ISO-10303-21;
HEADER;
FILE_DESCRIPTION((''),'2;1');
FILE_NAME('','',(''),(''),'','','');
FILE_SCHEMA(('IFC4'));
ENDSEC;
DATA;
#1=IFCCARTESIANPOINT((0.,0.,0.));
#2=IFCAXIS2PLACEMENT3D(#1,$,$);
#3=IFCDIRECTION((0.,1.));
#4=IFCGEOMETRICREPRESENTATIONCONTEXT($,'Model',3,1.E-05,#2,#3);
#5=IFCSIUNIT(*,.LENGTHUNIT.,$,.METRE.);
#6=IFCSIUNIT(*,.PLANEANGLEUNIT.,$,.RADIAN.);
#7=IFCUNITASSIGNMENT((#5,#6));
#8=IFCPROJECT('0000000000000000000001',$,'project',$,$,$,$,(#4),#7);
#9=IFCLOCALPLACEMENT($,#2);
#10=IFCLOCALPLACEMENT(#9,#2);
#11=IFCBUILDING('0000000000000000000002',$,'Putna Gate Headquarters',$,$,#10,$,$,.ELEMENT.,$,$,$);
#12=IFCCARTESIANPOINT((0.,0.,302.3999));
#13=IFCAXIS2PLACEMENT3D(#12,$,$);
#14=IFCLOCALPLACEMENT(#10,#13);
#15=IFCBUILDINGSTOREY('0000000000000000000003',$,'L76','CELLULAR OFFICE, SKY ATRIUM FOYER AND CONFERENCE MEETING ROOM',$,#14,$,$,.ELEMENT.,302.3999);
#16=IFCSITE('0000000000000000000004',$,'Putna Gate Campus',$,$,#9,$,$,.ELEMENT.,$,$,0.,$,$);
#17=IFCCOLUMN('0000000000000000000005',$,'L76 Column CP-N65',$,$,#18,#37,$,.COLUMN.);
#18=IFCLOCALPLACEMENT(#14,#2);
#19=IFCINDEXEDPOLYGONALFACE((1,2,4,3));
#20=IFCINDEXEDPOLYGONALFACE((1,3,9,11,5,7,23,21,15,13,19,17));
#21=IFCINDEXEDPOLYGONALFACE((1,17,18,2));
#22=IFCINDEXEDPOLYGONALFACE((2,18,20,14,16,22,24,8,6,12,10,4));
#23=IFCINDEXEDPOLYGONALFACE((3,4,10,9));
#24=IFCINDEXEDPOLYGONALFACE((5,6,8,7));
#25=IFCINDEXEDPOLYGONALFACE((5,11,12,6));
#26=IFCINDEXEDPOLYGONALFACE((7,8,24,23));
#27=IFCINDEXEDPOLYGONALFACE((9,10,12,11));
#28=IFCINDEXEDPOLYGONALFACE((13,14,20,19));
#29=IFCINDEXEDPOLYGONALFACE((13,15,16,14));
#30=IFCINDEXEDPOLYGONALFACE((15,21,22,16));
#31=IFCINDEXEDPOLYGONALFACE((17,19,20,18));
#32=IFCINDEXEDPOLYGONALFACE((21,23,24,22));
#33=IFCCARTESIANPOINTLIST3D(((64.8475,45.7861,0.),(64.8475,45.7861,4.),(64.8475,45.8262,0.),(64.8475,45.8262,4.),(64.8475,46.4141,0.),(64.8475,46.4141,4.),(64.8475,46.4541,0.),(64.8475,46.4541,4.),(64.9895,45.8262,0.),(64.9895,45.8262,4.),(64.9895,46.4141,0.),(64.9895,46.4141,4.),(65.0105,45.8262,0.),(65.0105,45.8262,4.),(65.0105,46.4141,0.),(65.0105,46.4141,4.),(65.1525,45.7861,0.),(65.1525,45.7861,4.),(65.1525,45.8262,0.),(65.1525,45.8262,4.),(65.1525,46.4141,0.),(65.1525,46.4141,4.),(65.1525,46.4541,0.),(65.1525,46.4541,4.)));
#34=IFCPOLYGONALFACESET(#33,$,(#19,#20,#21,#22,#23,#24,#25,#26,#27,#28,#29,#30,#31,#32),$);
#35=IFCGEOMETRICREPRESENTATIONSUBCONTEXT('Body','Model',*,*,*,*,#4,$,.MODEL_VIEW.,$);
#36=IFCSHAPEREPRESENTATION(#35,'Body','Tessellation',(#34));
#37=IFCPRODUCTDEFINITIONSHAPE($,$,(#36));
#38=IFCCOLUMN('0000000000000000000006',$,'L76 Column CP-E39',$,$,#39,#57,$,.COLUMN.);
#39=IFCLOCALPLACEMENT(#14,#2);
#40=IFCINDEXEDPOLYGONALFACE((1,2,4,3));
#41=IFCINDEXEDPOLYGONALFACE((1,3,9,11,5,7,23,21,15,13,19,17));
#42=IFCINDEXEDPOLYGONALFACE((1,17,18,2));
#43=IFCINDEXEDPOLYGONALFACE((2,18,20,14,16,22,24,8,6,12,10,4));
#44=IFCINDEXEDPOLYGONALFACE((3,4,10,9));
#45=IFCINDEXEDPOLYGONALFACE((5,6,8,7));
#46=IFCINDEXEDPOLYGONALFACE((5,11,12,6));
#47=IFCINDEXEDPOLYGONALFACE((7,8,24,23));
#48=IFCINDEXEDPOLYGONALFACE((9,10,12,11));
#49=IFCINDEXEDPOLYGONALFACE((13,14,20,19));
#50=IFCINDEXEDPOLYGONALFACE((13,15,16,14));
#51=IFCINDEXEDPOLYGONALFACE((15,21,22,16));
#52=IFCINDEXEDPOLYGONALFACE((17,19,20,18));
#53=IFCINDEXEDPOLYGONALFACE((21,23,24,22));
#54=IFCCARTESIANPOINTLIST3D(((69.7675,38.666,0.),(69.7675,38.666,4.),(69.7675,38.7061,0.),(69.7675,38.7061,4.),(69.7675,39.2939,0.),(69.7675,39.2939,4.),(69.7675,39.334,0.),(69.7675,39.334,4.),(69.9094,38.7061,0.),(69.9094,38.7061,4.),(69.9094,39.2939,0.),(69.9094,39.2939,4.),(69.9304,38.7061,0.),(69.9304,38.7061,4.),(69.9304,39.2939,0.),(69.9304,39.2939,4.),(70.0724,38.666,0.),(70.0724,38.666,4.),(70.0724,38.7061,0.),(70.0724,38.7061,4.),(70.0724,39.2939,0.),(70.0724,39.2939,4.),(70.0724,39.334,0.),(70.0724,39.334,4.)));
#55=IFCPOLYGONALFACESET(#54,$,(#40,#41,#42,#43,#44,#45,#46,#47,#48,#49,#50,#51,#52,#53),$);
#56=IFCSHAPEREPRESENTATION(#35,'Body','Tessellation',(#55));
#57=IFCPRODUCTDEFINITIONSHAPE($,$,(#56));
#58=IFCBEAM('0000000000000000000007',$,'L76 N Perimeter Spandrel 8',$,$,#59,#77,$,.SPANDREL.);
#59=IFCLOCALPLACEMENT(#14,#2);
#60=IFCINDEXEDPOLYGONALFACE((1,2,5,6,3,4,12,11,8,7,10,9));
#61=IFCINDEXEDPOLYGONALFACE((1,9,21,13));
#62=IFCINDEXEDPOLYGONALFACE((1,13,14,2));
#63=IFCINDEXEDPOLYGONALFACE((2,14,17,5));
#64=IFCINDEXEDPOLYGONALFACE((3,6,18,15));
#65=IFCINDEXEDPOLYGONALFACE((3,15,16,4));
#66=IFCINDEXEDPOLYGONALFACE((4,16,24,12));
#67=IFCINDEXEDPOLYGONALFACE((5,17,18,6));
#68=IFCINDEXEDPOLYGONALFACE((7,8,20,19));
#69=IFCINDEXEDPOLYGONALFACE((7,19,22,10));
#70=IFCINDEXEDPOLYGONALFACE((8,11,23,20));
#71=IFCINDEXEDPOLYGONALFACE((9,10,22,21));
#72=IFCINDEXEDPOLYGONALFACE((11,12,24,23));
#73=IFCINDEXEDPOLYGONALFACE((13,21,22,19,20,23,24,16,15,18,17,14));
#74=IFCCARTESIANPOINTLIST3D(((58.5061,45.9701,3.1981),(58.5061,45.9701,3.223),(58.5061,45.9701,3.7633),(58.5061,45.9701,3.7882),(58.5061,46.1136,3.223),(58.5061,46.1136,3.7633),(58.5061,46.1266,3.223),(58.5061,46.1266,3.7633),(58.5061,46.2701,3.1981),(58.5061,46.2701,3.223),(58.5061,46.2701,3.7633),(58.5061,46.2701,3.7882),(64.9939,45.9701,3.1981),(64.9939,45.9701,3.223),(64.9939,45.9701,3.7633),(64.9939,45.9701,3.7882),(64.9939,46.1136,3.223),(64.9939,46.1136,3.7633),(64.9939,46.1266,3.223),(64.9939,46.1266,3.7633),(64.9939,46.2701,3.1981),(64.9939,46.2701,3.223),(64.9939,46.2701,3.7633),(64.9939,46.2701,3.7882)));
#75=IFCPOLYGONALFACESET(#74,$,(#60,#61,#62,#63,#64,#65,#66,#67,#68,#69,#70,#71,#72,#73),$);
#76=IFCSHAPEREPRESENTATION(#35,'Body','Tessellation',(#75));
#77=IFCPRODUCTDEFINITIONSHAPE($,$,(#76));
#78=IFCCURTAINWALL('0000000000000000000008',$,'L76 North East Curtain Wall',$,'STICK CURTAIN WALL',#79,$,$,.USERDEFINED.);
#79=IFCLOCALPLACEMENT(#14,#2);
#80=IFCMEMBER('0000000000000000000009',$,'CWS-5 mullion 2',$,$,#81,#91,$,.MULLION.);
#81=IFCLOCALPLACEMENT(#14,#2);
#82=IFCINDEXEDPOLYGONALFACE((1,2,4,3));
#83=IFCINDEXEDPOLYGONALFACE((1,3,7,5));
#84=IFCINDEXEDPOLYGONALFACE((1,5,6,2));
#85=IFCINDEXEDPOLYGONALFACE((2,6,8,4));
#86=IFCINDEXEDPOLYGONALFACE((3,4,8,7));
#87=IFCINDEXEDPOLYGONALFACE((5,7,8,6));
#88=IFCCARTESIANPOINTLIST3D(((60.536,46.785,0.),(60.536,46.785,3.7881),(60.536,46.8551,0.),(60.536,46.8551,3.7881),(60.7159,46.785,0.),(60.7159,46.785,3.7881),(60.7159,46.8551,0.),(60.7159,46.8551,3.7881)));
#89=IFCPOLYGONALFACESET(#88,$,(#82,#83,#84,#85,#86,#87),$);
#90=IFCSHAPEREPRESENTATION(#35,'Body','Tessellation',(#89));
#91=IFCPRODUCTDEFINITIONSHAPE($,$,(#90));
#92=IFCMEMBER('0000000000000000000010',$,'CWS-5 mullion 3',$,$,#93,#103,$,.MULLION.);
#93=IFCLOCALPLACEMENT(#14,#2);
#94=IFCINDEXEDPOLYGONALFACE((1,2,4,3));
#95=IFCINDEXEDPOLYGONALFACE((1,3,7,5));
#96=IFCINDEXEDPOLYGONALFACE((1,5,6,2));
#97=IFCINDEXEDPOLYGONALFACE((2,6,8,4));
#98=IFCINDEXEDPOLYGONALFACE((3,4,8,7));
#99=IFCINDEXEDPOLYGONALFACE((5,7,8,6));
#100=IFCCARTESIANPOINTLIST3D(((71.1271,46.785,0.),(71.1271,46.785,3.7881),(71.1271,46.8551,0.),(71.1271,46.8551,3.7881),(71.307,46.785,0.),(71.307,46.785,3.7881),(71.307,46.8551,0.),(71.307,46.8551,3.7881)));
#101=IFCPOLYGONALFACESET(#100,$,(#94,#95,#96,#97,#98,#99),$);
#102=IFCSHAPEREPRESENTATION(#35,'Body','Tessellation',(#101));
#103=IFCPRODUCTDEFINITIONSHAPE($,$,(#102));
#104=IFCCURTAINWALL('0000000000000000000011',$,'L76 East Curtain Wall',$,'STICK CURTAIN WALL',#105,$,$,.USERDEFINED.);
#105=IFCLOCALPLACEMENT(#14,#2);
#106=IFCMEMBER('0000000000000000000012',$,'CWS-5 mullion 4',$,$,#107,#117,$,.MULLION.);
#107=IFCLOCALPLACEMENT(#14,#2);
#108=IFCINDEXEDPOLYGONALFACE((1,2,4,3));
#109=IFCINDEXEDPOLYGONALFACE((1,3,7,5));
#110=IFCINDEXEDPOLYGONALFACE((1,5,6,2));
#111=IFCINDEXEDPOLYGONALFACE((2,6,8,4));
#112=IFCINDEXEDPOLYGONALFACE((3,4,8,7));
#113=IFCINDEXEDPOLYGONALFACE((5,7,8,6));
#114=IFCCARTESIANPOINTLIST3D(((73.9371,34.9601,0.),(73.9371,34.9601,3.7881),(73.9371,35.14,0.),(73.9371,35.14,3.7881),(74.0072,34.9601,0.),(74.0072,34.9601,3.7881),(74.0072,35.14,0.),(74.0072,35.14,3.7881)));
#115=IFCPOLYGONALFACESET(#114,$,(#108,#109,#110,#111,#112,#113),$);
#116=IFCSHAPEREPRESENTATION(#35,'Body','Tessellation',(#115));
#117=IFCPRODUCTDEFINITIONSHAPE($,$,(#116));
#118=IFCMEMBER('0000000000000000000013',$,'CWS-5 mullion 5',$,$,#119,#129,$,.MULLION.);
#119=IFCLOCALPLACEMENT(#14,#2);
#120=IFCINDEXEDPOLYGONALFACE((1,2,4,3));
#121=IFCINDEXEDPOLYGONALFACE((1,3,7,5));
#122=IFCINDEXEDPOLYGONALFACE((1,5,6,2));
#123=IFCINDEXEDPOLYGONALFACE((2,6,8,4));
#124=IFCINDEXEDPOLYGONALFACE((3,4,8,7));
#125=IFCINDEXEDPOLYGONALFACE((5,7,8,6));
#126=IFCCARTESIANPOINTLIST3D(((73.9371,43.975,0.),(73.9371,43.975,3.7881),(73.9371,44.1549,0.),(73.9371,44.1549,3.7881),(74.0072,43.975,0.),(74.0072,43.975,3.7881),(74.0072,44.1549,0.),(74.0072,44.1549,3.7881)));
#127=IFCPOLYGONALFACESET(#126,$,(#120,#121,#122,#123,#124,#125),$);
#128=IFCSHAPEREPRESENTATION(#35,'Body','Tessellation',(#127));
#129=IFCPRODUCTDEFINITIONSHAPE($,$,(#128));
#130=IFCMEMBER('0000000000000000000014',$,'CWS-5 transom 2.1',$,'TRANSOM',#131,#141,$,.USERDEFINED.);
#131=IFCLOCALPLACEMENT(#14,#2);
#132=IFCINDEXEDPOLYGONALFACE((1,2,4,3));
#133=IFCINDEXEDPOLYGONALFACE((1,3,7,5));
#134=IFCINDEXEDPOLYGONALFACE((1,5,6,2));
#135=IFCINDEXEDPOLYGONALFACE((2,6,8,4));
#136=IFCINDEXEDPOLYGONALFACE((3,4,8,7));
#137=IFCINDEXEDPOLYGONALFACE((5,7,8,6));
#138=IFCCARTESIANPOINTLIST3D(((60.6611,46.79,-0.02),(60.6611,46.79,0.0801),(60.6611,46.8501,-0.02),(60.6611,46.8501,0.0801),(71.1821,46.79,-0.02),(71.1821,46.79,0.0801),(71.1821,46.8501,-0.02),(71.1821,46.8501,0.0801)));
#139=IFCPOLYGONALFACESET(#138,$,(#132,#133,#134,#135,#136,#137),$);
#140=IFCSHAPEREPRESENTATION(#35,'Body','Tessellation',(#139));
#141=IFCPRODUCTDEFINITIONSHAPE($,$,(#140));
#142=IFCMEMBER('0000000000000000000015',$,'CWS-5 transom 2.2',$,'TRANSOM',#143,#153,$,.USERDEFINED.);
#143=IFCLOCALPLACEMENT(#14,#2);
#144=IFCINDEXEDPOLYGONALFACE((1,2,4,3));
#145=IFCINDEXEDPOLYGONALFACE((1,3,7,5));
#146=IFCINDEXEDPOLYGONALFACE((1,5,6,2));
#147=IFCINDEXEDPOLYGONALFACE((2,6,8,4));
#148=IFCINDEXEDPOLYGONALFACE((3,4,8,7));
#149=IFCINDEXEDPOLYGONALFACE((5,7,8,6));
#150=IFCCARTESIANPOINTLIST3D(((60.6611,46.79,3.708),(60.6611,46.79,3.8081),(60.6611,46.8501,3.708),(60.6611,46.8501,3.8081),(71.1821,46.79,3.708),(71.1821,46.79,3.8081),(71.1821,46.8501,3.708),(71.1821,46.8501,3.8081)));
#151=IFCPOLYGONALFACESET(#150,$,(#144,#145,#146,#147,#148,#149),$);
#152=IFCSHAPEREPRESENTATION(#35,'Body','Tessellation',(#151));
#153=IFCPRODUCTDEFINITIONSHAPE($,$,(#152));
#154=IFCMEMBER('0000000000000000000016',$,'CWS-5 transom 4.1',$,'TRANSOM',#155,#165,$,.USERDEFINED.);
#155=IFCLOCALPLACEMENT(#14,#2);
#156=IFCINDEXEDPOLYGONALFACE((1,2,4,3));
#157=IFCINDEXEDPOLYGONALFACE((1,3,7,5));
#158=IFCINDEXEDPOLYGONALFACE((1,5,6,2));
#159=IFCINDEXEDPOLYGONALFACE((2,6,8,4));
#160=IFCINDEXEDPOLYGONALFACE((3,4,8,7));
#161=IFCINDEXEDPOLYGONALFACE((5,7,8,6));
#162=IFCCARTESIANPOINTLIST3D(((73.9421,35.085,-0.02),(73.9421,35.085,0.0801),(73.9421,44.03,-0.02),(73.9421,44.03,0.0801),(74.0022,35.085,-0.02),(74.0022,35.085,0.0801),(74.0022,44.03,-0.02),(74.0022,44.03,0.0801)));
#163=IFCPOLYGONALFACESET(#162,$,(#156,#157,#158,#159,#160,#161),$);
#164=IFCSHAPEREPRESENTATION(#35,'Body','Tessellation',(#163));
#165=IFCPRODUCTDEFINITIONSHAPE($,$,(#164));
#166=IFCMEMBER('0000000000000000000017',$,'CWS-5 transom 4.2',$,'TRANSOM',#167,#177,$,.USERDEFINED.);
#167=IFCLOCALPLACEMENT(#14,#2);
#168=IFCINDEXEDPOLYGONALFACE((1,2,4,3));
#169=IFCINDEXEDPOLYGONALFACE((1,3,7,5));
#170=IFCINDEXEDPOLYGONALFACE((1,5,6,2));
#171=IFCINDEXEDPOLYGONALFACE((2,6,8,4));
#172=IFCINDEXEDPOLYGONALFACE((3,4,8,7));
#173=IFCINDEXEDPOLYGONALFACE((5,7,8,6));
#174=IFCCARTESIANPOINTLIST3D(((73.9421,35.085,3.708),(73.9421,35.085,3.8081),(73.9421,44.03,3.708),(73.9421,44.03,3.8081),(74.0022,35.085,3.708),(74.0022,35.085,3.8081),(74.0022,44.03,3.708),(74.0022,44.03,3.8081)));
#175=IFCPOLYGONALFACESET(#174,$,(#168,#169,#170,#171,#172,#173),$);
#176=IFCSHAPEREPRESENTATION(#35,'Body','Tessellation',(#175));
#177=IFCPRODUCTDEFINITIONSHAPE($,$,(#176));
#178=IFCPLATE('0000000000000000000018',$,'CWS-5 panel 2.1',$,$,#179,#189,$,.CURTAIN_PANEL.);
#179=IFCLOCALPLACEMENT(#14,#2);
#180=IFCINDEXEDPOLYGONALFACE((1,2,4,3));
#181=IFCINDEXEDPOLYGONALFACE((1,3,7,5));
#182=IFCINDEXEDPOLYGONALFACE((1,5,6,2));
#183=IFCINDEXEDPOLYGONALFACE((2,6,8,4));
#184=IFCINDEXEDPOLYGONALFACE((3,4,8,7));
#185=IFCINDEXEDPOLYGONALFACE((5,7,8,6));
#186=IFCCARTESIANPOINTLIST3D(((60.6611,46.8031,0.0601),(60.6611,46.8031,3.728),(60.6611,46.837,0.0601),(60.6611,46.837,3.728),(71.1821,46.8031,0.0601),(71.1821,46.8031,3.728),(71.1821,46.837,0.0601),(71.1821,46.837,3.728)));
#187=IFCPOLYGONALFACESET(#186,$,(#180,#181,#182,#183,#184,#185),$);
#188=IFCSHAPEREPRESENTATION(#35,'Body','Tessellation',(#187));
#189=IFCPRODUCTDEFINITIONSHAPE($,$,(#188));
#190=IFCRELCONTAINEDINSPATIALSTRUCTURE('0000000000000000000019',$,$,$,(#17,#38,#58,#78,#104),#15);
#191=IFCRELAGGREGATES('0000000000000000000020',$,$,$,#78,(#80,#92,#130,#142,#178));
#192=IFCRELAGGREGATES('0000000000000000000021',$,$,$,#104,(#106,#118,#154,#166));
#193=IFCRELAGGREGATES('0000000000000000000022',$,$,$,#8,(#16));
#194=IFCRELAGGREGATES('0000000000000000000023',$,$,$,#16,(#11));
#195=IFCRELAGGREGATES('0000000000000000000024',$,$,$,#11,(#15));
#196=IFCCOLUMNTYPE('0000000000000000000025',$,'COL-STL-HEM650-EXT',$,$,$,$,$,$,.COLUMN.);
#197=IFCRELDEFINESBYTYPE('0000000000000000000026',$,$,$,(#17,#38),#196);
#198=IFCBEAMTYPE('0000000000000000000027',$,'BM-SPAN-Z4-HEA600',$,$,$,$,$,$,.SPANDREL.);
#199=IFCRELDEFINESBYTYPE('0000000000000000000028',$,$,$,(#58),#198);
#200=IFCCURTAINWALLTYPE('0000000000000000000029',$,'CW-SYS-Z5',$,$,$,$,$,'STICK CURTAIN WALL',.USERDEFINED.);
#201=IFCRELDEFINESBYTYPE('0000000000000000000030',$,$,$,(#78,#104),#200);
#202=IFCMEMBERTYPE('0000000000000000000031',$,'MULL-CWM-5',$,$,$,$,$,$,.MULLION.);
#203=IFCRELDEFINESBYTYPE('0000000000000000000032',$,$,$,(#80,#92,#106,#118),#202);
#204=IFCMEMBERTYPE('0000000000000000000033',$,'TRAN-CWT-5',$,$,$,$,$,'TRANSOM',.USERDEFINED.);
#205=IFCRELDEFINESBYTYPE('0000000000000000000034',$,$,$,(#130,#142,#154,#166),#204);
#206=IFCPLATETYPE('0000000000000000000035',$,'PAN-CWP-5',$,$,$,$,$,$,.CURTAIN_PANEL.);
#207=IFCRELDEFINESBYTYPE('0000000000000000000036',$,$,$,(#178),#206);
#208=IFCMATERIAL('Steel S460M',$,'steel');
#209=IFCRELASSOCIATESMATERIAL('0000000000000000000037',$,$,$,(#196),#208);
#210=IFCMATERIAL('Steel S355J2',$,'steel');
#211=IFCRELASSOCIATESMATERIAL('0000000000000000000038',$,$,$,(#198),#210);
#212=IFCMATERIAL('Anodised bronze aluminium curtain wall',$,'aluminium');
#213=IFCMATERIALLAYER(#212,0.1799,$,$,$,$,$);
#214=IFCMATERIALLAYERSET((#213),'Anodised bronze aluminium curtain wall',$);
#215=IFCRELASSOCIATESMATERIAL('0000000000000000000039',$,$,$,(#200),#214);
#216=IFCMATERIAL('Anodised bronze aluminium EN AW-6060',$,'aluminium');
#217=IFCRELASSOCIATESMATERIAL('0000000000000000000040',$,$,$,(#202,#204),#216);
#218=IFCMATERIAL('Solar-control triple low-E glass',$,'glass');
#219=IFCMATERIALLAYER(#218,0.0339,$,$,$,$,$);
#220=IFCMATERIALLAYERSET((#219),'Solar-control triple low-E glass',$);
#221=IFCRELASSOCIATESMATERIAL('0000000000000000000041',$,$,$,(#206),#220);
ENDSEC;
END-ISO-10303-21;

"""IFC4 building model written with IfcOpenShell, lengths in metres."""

from ifc_helpers import new_model, si_unit, direction, frame, origin, origin_2d, place, context, subcontext, project, spatial, rectangle, i_section, extrude, material, layer, layer_set, material_profile, profile_set, type_object, element, aggregate, save


model = new_model("IFC4")

# Units and contexts
model_context = context("Model", 3, precision=1e-05, world=origin(), true_north=direction((0.0, 1.0)))
body_context = subcontext(model_context, "Body", "Model", "MODEL_VIEW")
ifc_project = project(units=[si_unit("LENGTHUNIT", "METRE"), si_unit("PLANEANGLEUNIT", "RADIAN")], contexts=[model_context])

# Site, building, storey
site_placement = place(None, origin())
site = spatial("IfcSite", under=ifc_project, at=site_placement, Name="Putna Gate Campus", CompositionType="ELEMENT", RefElevation=0.0)
building_placement = place(site_placement, origin())
building = spatial("IfcBuilding", under=site, at=building_placement, Name="Putna Gate Headquarters", CompositionType="ELEMENT")
storey_placement = place(building_placement, frame((0.0, 0.0, 302.3999)))
storey = spatial("IfcBuildingStorey", under=building, at=storey_placement, Name="L76", Description="CELLULAR OFFICE, SKY ATRIUM FOYER AND CONFERENCE MEETING ROOM", CompositionType="ELEMENT", Elevation=302.3999)

# Columns
ifc_material_1 = material(Name="Steel S460M", Category="steel")
ifc_material_profile_1 = material_profile(ifc_material_1, i_section(OverallWidth=0.3049, OverallDepth=0.668, WebThickness=0.021, FlangeThickness=0.04, at=origin_2d()), Name="Steel S460M")
ifc_profile_set_1 = profile_set([ifc_material_profile_1], Name="Steel S460M")
column_type = type_object("IfcColumnType", Name="COL-STL-HEM650-EXT", PredefinedType="COLUMN", material=ifc_profile_set_1)
for number, where, z_axis, x_axis, name in (
    (1, (65.0, 46.1201, 0.0), (0.0, 0.0, 1.0), (1.0, 0.0, 0.0), "L76 Column CP-N65"),
    (2, (69.9199, 39.0, 0.0), (0.0, 0.0, 1.0), (1.0, 0.0, 0.0), "L76 Column CP-E39"),
):
    element("IfcColumn", number, at=place(storey_placement, frame(where, z_axis=z_axis, x_axis=x_axis)), inside=storey, type_object=column_type, Name=name, PredefinedType="COLUMN", context=body_context, shape_type="SweptSolid", body=[
        extrude(i_section(OverallWidth=0.3049, OverallDepth=0.668, WebThickness=0.021, FlangeThickness=0.04, at=origin_2d()), origin(), (0.0, 0.0, 1.0), 4.0),
    ])

# Beam
ifc_material_2 = material(Name="Steel S355J2", Category="steel")
ifc_material_profile_2 = material_profile(ifc_material_2, i_section(OverallWidth=0.3, OverallDepth=0.5901, WebThickness=0.0129, FlangeThickness=0.0249, at=origin_2d()), Name="Steel S355J2")
ifc_profile_set_2 = profile_set([ifc_material_profile_2], Name="Steel S355J2")
beam_type = type_object("IfcBeamType", Name="BM-SPAN-Z4-HEA600", PredefinedType="SPANDREL", material=ifc_profile_set_2)
beam_placement = place(storey_placement, frame((58.5061, 46.1201, 3.4932), z_axis=(1.0, 0.0, 0.0), x_axis=(0.0, 1.0, 0.0)))
element("IfcBeam", 3, at=beam_placement, inside=storey, type_object=beam_type, Name="L76 N Perimeter Spandrel 8", PredefinedType="SPANDREL", context=body_context, shape_type="SweptSolid", body=[
    extrude(i_section(OverallWidth=0.3, OverallDepth=0.5901, WebThickness=0.0129, FlangeThickness=0.0249, at=origin_2d()), origin(), (0.0, 0.0, 1.0), 6.4878),
])

# Curtain walls, members
ifc_material_3 = material(Name="Anodised bronze aluminium curtain wall", Category="aluminium")
ifc_layer_1 = layer(ifc_material_3, 0.1799)
ifc_layer_set_1 = layer_set([ifc_layer_1], Name="Anodised bronze aluminium curtain wall")
curtain_wall_type = type_object("IfcCurtainWallType", Name="CW-SYS-Z5", ElementType="STICK CURTAIN WALL", PredefinedType="USERDEFINED", material=ifc_layer_set_1)
curtain_wall_1_placement = place(storey_placement, origin())
curtain_wall_1 = element("IfcCurtainWall", 4, at=curtain_wall_1_placement, inside=storey, type_object=curtain_wall_type, Name="L76 North East Curtain Wall", ObjectType="STICK CURTAIN WALL", PredefinedType="USERDEFINED")
ifc_material_4 = material(Name="Anodised bronze aluminium EN AW-6060", Category="aluminium")
ifc_material_profile_3 = material_profile(ifc_material_4, rectangle(XDim=0.0701, YDim=0.1799, at=origin_2d()), Name="Anodised bronze aluminium EN AW-6060")
ifc_profile_set_3 = profile_set([ifc_material_profile_3], Name="Anodised bronze aluminium EN AW-6060")
member_type_1 = type_object("IfcMemberType", Name="MULL-CWM-5", PredefinedType="MULLION", material=ifc_profile_set_3)
member_1_placement = place(storey_placement, frame((60.626, 46.8201, 0.0), z_axis=(0.0, 0.0, 1.0), x_axis=(0.0, 1.0, 0.0)))
member_1 = element("IfcMember", 5, at=member_1_placement, type_object=member_type_1, Name="CWS-5 mullion 2", PredefinedType="MULLION", context=body_context, shape_type="SweptSolid", body=[
    extrude(rectangle(XDim=0.0701, YDim=0.1799, at=origin_2d()), origin(), (0.0, 0.0, 1.0), 3.7881),
])
member_2_placement = place(storey_placement, frame((71.217, 46.8201, 0.0), z_axis=(0.0, 0.0, 1.0), x_axis=(0.0, 1.0, 0.0)))
member_2 = element("IfcMember", 6, at=member_2_placement, type_object=member_type_1, Name="CWS-5 mullion 3", PredefinedType="MULLION", context=body_context, shape_type="SweptSolid", body=[
    extrude(rectangle(XDim=0.0701, YDim=0.1799, at=origin_2d()), origin(), (0.0, 0.0, 1.0), 3.7881),
])
curtain_wall_2_placement = place(storey_placement, origin())
curtain_wall_2 = element("IfcCurtainWall", 7, at=curtain_wall_2_placement, inside=storey, type_object=curtain_wall_type, Name="L76 East Curtain Wall", ObjectType="STICK CURTAIN WALL", PredefinedType="USERDEFINED")
member_3_placement = place(storey_placement, frame((73.9722, 35.05, 0.0), z_axis=(0.0, 0.0, 1.0), x_axis=(-1.0, 0.0, 0.0)))
member_3 = element("IfcMember", 8, at=member_3_placement, type_object=member_type_1, Name="CWS-5 mullion 4", PredefinedType="MULLION", context=body_context, shape_type="SweptSolid", body=[
    extrude(rectangle(XDim=0.0701, YDim=0.1799, at=origin_2d()), origin(), (0.0, 0.0, 1.0), 3.7881),
])
member_4_placement = place(storey_placement, frame((73.9722, 44.0649, 0.0), z_axis=(0.0, 0.0, 1.0), x_axis=(-1.0, 0.0, 0.0)))
member_4 = element("IfcMember", 9, at=member_4_placement, type_object=member_type_1, Name="CWS-5 mullion 5", PredefinedType="MULLION", context=body_context, shape_type="SweptSolid", body=[
    extrude(rectangle(XDim=0.0701, YDim=0.1799, at=origin_2d()), origin(), (0.0, 0.0, 1.0), 3.7881),
])

# Members
ifc_material_profile_4 = material_profile(ifc_material_4, rectangle(XDim=0.0601, YDim=0.1001, at=origin_2d()), Name="Anodised bronze aluminium EN AW-6060")
ifc_profile_set_4 = profile_set([ifc_material_profile_4], Name="Anodised bronze aluminium EN AW-6060")
member_type_2 = type_object("IfcMemberType", Name="TRAN-CWT-5", ElementType="TRANSOM", PredefinedType="USERDEFINED", material=ifc_profile_set_4)
member_5_placement = place(storey_placement, frame((60.6611, 46.8201, 0.03), z_axis=(1.0, 0.0, 0.0), x_axis=(0.0, 1.0, 0.0)))
member_5 = element("IfcMember", 10, at=member_5_placement, type_object=member_type_2, Name="CWS-5 transom 2.1", ObjectType="TRANSOM", PredefinedType="USERDEFINED", context=body_context, shape_type="SweptSolid", body=[
    extrude(rectangle(XDim=0.0601, YDim=0.1001, at=origin_2d()), origin(), (0.0, 0.0, 1.0), 10.521),
])
member_6_placement = place(storey_placement, frame((60.6611, 46.8201, 3.7581), z_axis=(1.0, 0.0, 0.0), x_axis=(0.0, 1.0, 0.0)))
member_6 = element("IfcMember", 11, at=member_6_placement, type_object=member_type_2, Name="CWS-5 transom 2.2", ObjectType="TRANSOM", PredefinedType="USERDEFINED", context=body_context, shape_type="SweptSolid", body=[
    extrude(rectangle(XDim=0.0601, YDim=0.1001, at=origin_2d()), origin(), (0.0, 0.0, 1.0), 10.521),
])
member_7_placement = place(storey_placement, frame((73.9722, 35.085, 0.03), z_axis=(0.0, 1.0, 0.0), x_axis=(-1.0, 0.0, 0.0)))
member_7 = element("IfcMember", 12, at=member_7_placement, type_object=member_type_2, Name="CWS-5 transom 4.1", ObjectType="TRANSOM", PredefinedType="USERDEFINED", context=body_context, shape_type="SweptSolid", body=[
    extrude(rectangle(XDim=0.0601, YDim=0.1001, at=origin_2d()), origin(), (0.0, 0.0, 1.0), 8.9451),
])
member_8_placement = place(storey_placement, frame((73.9722, 35.085, 3.7581), z_axis=(0.0, 1.0, 0.0), x_axis=(-1.0, 0.0, 0.0)))
member_8 = element("IfcMember", 13, at=member_8_placement, type_object=member_type_2, Name="CWS-5 transom 4.2", ObjectType="TRANSOM", PredefinedType="USERDEFINED", context=body_context, shape_type="SweptSolid", body=[
    extrude(rectangle(XDim=0.0601, YDim=0.1001, at=origin_2d()), origin(), (0.0, 0.0, 1.0), 8.9451),
])

# Plate
ifc_material_5 = material(Name="Solar-control triple low-E glass", Category="glass")
ifc_layer_2 = layer(ifc_material_5, 0.0339)
ifc_layer_set_2 = layer_set([ifc_layer_2], Name="Solar-control triple low-E glass")
plate_type = type_object("IfcPlateType", Name="PAN-CWP-5", PredefinedType="CURTAIN_PANEL", material=ifc_layer_set_2)
plate_1_placement = place(storey_placement, frame((65.9216, 46.8201, 0.0601), z_axis=(0.0, 0.0, 1.0), x_axis=(1.0, 0.0, 0.0)))
plate_1 = element("IfcPlate", 14, at=plate_1_placement, type_object=plate_type, Name="CWS-5 panel 2.1", PredefinedType="CURTAIN_PANEL", context=body_context, shape_type="SweptSolid", body=[
    extrude(rectangle(XDim=10.521, YDim=0.0339, at=origin_2d()), origin(), (0.0, 0.0, 1.0), 3.668),
])
aggregate(curtain_wall_1, [member_1, member_2, member_5, member_6, plate_1])
aggregate(curtain_wall_2, [member_3, member_4, member_7, member_8])

save(model, "model.ifc")
